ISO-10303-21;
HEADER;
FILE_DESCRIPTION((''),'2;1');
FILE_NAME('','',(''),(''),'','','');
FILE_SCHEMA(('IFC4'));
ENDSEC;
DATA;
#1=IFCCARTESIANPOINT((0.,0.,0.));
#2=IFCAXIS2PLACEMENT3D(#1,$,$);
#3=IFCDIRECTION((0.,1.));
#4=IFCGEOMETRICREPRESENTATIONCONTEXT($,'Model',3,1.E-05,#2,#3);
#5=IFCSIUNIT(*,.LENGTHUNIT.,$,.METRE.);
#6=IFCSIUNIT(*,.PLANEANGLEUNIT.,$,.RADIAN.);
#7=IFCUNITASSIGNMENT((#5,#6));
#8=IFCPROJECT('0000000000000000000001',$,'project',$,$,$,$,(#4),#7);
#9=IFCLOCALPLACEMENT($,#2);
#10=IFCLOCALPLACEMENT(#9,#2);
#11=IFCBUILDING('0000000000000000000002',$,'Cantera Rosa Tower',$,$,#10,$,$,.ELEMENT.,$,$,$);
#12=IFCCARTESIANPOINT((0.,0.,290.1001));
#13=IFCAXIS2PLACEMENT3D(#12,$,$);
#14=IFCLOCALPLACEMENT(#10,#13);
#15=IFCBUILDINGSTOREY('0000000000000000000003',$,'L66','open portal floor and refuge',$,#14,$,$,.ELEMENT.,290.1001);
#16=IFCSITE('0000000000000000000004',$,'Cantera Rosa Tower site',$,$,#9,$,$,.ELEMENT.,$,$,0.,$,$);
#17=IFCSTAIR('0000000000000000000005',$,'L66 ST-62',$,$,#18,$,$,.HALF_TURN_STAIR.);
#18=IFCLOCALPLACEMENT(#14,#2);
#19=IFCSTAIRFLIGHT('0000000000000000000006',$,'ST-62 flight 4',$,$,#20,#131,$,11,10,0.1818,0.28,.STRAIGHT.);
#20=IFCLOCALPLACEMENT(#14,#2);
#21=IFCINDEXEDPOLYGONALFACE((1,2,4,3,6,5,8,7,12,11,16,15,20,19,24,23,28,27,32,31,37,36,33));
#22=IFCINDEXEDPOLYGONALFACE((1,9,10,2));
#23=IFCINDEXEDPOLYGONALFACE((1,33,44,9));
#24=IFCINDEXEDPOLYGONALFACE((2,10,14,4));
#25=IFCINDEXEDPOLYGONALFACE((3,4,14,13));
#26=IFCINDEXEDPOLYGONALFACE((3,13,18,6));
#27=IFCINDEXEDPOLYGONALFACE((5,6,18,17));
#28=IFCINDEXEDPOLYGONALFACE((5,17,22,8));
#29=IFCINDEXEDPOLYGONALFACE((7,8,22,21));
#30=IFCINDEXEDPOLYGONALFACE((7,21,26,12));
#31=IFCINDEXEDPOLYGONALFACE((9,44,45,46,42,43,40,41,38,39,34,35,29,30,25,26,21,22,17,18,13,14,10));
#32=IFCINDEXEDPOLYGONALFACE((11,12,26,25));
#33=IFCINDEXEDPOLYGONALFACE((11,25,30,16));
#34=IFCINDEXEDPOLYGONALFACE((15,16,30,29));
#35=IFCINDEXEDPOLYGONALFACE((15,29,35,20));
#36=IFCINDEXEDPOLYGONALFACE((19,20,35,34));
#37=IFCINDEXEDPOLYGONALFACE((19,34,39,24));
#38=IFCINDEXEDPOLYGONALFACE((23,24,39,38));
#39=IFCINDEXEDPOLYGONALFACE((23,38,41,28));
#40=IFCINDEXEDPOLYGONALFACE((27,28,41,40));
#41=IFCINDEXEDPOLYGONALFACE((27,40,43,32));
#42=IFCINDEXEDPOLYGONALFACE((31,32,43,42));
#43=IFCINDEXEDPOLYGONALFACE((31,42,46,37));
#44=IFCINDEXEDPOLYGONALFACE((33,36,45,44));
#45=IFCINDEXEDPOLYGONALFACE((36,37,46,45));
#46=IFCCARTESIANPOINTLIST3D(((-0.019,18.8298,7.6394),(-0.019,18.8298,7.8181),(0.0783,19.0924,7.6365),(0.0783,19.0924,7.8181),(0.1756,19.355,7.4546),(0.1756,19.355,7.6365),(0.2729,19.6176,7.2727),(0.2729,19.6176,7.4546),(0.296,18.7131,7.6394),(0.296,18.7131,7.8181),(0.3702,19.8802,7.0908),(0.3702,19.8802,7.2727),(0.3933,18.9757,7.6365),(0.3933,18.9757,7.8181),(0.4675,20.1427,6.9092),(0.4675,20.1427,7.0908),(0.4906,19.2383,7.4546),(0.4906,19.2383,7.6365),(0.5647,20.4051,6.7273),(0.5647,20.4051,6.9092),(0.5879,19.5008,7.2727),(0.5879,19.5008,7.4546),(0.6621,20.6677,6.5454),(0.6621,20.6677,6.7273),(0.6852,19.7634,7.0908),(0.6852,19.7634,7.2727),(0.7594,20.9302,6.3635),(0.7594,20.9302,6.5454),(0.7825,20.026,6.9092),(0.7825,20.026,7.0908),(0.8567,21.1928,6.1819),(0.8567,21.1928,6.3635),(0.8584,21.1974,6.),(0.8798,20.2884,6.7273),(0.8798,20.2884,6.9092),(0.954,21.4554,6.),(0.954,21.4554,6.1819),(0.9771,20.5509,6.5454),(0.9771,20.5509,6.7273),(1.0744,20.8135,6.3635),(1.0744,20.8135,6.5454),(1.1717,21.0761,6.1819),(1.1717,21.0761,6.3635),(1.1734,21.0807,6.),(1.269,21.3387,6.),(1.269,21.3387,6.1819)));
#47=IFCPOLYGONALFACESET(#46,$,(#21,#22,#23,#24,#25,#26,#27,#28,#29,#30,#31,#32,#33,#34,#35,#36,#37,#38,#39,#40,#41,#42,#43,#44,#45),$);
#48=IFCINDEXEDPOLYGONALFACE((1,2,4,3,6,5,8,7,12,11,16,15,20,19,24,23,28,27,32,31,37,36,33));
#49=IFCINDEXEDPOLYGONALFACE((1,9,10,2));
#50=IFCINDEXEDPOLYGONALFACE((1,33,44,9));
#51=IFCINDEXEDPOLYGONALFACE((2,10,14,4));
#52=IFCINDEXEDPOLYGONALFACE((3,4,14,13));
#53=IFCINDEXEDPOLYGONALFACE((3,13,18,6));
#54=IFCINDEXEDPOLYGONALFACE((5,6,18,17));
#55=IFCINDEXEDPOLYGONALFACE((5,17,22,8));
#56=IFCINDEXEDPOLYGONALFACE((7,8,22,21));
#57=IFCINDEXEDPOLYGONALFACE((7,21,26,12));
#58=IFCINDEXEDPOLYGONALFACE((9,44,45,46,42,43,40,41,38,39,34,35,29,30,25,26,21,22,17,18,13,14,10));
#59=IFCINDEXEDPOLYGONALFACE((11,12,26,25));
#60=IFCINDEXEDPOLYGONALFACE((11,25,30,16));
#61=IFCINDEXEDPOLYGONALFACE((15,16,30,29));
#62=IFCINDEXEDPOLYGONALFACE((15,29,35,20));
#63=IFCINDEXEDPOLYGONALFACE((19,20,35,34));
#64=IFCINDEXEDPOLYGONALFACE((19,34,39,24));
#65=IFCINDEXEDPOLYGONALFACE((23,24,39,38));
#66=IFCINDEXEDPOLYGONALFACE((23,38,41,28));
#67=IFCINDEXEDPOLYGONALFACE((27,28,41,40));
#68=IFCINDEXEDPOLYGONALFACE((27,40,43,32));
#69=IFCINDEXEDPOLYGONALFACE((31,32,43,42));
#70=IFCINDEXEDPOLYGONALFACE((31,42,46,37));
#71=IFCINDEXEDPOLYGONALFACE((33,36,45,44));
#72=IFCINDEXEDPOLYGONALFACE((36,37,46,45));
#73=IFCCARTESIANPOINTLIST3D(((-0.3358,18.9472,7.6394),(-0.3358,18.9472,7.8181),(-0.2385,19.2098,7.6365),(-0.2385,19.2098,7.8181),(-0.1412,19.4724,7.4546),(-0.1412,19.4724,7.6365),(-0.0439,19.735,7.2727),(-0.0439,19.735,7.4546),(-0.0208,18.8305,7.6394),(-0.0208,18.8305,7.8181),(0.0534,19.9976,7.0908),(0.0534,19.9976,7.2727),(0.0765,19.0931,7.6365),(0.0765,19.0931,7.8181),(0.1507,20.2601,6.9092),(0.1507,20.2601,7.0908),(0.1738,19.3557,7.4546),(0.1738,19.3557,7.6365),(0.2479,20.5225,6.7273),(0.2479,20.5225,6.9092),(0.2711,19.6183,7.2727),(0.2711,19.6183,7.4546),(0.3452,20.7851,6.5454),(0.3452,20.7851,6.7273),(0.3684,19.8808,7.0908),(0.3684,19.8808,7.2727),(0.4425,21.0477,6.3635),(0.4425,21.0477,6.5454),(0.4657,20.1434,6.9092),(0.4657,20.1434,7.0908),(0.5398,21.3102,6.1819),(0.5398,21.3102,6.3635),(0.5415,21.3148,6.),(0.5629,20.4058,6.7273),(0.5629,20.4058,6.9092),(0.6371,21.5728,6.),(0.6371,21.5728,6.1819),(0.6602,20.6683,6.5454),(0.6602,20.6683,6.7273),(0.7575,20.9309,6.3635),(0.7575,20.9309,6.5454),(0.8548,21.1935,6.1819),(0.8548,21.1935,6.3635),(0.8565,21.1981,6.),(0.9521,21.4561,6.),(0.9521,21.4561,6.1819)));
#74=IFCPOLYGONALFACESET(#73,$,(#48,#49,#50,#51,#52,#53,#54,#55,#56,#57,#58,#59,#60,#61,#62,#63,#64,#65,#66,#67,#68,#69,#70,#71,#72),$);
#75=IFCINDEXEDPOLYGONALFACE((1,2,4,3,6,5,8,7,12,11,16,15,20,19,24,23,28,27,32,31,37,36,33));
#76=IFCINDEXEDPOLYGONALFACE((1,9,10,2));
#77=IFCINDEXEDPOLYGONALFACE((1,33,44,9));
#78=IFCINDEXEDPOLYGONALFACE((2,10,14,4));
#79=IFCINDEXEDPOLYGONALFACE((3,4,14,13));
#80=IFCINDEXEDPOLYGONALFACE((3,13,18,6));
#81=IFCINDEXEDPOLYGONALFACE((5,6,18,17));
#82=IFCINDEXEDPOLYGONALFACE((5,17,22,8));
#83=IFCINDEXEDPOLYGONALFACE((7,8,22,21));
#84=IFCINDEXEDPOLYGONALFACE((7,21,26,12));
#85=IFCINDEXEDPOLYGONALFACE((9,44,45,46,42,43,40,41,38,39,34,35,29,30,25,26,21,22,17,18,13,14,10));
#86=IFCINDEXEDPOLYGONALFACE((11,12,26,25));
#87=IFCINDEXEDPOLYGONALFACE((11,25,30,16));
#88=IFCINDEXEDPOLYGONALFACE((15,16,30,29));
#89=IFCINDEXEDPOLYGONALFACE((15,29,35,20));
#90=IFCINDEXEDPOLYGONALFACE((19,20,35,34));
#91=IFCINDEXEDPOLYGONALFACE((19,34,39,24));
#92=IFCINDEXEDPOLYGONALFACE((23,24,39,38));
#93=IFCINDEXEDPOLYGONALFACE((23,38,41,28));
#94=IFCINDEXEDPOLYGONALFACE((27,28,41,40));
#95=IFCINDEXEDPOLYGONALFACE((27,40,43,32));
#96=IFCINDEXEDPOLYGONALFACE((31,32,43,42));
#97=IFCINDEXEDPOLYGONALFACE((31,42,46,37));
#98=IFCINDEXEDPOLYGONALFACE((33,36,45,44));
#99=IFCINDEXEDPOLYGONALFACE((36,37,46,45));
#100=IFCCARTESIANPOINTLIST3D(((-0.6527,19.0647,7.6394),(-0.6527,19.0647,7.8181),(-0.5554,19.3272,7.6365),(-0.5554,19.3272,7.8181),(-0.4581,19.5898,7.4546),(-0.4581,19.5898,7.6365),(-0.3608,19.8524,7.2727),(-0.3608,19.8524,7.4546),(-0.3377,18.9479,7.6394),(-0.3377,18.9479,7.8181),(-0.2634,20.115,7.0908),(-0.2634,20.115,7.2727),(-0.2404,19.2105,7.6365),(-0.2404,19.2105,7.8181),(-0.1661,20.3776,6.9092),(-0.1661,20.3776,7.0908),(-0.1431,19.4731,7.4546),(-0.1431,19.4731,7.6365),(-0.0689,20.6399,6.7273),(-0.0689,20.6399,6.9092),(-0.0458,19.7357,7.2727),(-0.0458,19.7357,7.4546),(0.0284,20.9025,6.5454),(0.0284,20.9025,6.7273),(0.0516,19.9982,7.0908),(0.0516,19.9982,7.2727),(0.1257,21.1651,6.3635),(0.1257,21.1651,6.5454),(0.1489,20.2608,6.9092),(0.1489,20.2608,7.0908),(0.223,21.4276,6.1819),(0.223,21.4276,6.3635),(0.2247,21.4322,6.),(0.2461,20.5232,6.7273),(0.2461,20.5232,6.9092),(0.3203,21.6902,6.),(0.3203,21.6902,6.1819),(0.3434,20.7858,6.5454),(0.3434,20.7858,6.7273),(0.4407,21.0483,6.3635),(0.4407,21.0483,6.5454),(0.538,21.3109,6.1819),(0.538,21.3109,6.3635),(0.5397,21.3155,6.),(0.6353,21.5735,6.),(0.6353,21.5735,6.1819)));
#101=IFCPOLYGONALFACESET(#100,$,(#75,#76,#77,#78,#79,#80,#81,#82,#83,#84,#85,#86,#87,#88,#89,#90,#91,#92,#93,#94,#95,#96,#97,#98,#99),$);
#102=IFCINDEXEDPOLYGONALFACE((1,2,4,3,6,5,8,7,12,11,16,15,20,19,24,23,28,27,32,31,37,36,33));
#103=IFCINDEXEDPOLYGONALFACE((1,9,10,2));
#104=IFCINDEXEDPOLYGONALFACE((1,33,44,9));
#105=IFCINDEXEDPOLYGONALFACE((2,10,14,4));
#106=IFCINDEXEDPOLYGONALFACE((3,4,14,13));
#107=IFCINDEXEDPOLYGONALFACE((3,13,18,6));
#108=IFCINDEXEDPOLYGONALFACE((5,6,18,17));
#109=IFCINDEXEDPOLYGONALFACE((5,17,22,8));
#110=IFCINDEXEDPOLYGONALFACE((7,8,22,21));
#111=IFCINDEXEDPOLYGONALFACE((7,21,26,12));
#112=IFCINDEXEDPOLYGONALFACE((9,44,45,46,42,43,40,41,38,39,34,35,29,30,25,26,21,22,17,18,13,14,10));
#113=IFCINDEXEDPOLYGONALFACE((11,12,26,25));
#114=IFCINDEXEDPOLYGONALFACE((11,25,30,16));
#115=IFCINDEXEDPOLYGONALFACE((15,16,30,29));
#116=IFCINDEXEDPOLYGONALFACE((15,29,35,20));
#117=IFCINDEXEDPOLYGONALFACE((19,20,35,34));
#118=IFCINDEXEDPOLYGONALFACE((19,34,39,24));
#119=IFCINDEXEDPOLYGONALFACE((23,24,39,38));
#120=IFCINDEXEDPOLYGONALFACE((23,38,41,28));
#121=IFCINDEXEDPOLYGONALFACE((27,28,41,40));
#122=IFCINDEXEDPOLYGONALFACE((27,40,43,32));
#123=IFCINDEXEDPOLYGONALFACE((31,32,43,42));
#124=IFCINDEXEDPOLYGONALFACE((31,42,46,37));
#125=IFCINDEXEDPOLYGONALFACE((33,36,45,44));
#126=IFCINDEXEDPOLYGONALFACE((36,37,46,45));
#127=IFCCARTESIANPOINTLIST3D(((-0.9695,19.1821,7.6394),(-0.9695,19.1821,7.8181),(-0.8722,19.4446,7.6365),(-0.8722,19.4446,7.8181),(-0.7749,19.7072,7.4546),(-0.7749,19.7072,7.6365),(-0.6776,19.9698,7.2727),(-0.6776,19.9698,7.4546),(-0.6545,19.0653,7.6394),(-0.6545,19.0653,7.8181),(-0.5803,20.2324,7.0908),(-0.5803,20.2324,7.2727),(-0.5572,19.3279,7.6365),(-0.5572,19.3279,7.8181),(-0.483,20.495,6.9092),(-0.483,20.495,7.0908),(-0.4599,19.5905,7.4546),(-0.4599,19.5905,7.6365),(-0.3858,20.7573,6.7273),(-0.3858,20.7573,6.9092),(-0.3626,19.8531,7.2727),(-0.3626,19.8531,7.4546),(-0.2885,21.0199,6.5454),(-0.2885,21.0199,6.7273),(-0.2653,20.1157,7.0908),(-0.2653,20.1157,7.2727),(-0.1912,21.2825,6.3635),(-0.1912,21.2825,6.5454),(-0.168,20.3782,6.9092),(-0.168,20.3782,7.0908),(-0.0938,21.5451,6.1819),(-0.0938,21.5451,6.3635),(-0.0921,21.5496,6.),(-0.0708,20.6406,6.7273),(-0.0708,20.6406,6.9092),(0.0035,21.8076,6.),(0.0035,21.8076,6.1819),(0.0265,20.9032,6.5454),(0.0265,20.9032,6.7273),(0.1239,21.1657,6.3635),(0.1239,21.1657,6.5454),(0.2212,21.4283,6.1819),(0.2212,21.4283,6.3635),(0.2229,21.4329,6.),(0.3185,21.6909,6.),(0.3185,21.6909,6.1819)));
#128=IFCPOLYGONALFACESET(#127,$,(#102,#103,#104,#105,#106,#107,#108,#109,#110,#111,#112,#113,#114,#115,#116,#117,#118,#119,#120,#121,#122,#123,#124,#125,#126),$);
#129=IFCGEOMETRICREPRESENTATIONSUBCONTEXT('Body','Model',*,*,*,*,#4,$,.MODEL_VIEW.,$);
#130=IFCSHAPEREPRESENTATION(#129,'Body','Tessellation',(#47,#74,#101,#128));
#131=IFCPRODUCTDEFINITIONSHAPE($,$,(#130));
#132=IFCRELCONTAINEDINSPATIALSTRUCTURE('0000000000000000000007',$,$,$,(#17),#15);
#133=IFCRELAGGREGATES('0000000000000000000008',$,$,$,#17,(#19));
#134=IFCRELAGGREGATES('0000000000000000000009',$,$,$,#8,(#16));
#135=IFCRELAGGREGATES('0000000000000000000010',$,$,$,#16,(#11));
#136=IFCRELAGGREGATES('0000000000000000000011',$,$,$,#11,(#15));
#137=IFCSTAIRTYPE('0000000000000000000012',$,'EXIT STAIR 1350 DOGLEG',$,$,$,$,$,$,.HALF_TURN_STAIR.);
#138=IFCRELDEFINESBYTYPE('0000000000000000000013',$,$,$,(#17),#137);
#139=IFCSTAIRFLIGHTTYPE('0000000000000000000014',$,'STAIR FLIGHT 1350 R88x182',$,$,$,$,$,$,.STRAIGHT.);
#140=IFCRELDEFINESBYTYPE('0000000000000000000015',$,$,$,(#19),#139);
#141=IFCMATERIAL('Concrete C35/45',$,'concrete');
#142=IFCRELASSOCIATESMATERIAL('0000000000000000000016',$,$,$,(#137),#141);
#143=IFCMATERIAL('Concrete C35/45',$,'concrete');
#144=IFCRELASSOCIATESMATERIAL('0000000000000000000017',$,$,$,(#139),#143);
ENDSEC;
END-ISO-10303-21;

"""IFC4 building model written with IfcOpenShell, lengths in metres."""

from ifc_helpers import new_model, si_unit, direction, frame, origin, place, context, subcontext, project, spatial, polyline, outline, extrude, material, type_object, element, aggregate, save


model = new_model("IFC4")

# Units and contexts
model_context = context("Model", 3, precision=1e-05, world=origin(), true_north=direction((0.0, 1.0)))
body_context = subcontext(model_context, "Body", "Model", "MODEL_VIEW")
ifc_project = project(units=[si_unit("LENGTHUNIT", "METRE"), si_unit("PLANEANGLEUNIT", "RADIAN")], contexts=[model_context])

# Site, building, storey
site_placement = place(None, origin())
site = spatial("IfcSite", under=ifc_project, at=site_placement, Name="Cantera Rosa Tower site", CompositionType="ELEMENT", RefElevation=0.0)
building_placement = place(site_placement, origin())
building = spatial("IfcBuilding", under=site, at=building_placement, Name="Cantera Rosa Tower", CompositionType="ELEMENT")
storey_placement = place(building_placement, frame((0.0, 0.0, 290.1001)))
storey = spatial("IfcBuildingStorey", under=building, at=storey_placement, Name="L66", Description="open portal floor and refuge", CompositionType="ELEMENT", Elevation=290.1001)

# Stair, stair flight
ifc_material_1 = material(Name="Concrete C35/45", Category="concrete")
stair_type = type_object("IfcStairType", Name="EXIT STAIR 1350 DOGLEG", PredefinedType="HALF_TURN_STAIR", material=ifc_material_1)
stair_placement = place(storey_placement, origin())
stair = element("IfcStair", 1, at=stair_placement, inside=storey, type_object=stair_type, Name="L66 ST-62", PredefinedType="HALF_TURN_STAIR")
ifc_material_2 = material(Name="Concrete C35/45", Category="concrete")
stair_flight_type = type_object("IfcStairFlightType", Name="STAIR FLIGHT 1350 R88x182", PredefinedType="STRAIGHT", material=ifc_material_2)
stair_flight_1_placement = place(storey_placement, frame((0.636, 21.5732, 6.0), z_axis=(0.0, 0.0, 1.0), x_axis=(-0.347481, -0.937687, 0.0)))
stair_flight_1 = element("IfcStairFlight", 2, at=stair_flight_1_placement, type_object=stair_flight_type, Name="ST-62 flight 4", NumberOfRisers=11, NumberOfTreads=10, PredefinedType="STRAIGHT", RiserHeight=0.1818, TreadLength=0.28, context=body_context, shape_type="SweptSolid", body=[
    extrude(outline(polyline([(0.0, 0.0), (0.0, 0.1819), (0.28, 0.1819), (0.28, 0.3635), (0.5601, 0.3635), (0.5601, 0.5454), (0.8401, 0.5454), (0.8401, 0.7273), (1.1201, 0.7273), (1.1201, 0.9092), (1.3999, 0.9092), (1.3999, 1.0908), (1.6799, 1.0908), (1.6799, 1.2727), (1.96, 1.2727), (1.96, 1.4546), (2.24, 1.4546), (2.24, 1.6365), (2.52, 1.6365), (2.52, 1.8181), (2.8, 1.8181), (2.8, 2.0), (2.8, 1.6394), (0.2751, 0.0), (0.0, 0.0)])), frame((0.0, 0.675, 0.0), z_axis=(0.0, -1.0, 0.0), x_axis=(1.0, 0.0, 0.0)), (0.0, 0.0, 1.0), 0.3359),
    extrude(outline(polyline([(0.0, 0.0), (0.0, 0.1819), (0.28, 0.1819), (0.28, 0.3635), (0.5601, 0.3635), (0.5601, 0.5454), (0.8401, 0.5454), (0.8401, 0.7273), (1.1201, 0.7273), (1.1201, 0.9092), (1.3999, 0.9092), (1.3999, 1.0908), (1.6799, 1.0908), (1.6799, 1.2727), (1.96, 1.2727), (1.96, 1.4546), (2.24, 1.4546), (2.24, 1.6365), (2.52, 1.6365), (2.52, 1.8181), (2.8, 1.8181), (2.8, 2.0), (2.8, 1.6394), (0.2751, 0.0), (0.0, 0.0)])), frame((0.0, 0.3372, 0.0), z_axis=(0.0, -1.0, 0.0), x_axis=(1.0, 0.0, 0.0)), (0.0, 0.0, 1.0), 0.3359),
    extrude(outline(polyline([(0.0, 0.0), (0.0, 0.1819), (0.28, 0.1819), (0.28, 0.3635), (0.5601, 0.3635), (0.5601, 0.5454), (0.8401, 0.5454), (0.8401, 0.7273), (1.1201, 0.7273), (1.1201, 0.9092), (1.3999, 0.9092), (1.3999, 1.0908), (1.6799, 1.0908), (1.6799, 1.2727), (1.96, 1.2727), (1.96, 1.4546), (2.24, 1.4546), (2.24, 1.6365), (2.52, 1.6365), (2.52, 1.8181), (2.8, 1.8181), (2.8, 2.0), (2.8, 1.6394), (0.2751, 0.0), (0.0, 0.0)])), frame((0.0, -0.0007, 0.0), z_axis=(0.0, -1.0, 0.0), x_axis=(1.0, 0.0, 0.0)), (0.0, 0.0, 1.0), 0.3359),
    extrude(outline(polyline([(0.0, 0.0), (0.0, 0.1819), (0.28, 0.1819), (0.28, 0.3635), (0.5601, 0.3635), (0.5601, 0.5454), (0.8401, 0.5454), (0.8401, 0.7273), (1.1201, 0.7273), (1.1201, 0.9092), (1.3999, 0.9092), (1.3999, 1.0908), (1.6799, 1.0908), (1.6799, 1.2727), (1.96, 1.2727), (1.96, 1.4546), (2.24, 1.4546), (2.24, 1.6365), (2.52, 1.6365), (2.52, 1.8181), (2.8, 1.8181), (2.8, 2.0), (2.8, 1.6394), (0.2751, 0.0), (0.0, 0.0)])), frame((0.0, -0.3386, 0.0), z_axis=(0.0, -1.0, 0.0), x_axis=(1.0, 0.0, 0.0)), (0.0, 0.0, 1.0), 0.3359),
])
aggregate(stair, [stair_flight_1])

save(model, "model.ifc")
